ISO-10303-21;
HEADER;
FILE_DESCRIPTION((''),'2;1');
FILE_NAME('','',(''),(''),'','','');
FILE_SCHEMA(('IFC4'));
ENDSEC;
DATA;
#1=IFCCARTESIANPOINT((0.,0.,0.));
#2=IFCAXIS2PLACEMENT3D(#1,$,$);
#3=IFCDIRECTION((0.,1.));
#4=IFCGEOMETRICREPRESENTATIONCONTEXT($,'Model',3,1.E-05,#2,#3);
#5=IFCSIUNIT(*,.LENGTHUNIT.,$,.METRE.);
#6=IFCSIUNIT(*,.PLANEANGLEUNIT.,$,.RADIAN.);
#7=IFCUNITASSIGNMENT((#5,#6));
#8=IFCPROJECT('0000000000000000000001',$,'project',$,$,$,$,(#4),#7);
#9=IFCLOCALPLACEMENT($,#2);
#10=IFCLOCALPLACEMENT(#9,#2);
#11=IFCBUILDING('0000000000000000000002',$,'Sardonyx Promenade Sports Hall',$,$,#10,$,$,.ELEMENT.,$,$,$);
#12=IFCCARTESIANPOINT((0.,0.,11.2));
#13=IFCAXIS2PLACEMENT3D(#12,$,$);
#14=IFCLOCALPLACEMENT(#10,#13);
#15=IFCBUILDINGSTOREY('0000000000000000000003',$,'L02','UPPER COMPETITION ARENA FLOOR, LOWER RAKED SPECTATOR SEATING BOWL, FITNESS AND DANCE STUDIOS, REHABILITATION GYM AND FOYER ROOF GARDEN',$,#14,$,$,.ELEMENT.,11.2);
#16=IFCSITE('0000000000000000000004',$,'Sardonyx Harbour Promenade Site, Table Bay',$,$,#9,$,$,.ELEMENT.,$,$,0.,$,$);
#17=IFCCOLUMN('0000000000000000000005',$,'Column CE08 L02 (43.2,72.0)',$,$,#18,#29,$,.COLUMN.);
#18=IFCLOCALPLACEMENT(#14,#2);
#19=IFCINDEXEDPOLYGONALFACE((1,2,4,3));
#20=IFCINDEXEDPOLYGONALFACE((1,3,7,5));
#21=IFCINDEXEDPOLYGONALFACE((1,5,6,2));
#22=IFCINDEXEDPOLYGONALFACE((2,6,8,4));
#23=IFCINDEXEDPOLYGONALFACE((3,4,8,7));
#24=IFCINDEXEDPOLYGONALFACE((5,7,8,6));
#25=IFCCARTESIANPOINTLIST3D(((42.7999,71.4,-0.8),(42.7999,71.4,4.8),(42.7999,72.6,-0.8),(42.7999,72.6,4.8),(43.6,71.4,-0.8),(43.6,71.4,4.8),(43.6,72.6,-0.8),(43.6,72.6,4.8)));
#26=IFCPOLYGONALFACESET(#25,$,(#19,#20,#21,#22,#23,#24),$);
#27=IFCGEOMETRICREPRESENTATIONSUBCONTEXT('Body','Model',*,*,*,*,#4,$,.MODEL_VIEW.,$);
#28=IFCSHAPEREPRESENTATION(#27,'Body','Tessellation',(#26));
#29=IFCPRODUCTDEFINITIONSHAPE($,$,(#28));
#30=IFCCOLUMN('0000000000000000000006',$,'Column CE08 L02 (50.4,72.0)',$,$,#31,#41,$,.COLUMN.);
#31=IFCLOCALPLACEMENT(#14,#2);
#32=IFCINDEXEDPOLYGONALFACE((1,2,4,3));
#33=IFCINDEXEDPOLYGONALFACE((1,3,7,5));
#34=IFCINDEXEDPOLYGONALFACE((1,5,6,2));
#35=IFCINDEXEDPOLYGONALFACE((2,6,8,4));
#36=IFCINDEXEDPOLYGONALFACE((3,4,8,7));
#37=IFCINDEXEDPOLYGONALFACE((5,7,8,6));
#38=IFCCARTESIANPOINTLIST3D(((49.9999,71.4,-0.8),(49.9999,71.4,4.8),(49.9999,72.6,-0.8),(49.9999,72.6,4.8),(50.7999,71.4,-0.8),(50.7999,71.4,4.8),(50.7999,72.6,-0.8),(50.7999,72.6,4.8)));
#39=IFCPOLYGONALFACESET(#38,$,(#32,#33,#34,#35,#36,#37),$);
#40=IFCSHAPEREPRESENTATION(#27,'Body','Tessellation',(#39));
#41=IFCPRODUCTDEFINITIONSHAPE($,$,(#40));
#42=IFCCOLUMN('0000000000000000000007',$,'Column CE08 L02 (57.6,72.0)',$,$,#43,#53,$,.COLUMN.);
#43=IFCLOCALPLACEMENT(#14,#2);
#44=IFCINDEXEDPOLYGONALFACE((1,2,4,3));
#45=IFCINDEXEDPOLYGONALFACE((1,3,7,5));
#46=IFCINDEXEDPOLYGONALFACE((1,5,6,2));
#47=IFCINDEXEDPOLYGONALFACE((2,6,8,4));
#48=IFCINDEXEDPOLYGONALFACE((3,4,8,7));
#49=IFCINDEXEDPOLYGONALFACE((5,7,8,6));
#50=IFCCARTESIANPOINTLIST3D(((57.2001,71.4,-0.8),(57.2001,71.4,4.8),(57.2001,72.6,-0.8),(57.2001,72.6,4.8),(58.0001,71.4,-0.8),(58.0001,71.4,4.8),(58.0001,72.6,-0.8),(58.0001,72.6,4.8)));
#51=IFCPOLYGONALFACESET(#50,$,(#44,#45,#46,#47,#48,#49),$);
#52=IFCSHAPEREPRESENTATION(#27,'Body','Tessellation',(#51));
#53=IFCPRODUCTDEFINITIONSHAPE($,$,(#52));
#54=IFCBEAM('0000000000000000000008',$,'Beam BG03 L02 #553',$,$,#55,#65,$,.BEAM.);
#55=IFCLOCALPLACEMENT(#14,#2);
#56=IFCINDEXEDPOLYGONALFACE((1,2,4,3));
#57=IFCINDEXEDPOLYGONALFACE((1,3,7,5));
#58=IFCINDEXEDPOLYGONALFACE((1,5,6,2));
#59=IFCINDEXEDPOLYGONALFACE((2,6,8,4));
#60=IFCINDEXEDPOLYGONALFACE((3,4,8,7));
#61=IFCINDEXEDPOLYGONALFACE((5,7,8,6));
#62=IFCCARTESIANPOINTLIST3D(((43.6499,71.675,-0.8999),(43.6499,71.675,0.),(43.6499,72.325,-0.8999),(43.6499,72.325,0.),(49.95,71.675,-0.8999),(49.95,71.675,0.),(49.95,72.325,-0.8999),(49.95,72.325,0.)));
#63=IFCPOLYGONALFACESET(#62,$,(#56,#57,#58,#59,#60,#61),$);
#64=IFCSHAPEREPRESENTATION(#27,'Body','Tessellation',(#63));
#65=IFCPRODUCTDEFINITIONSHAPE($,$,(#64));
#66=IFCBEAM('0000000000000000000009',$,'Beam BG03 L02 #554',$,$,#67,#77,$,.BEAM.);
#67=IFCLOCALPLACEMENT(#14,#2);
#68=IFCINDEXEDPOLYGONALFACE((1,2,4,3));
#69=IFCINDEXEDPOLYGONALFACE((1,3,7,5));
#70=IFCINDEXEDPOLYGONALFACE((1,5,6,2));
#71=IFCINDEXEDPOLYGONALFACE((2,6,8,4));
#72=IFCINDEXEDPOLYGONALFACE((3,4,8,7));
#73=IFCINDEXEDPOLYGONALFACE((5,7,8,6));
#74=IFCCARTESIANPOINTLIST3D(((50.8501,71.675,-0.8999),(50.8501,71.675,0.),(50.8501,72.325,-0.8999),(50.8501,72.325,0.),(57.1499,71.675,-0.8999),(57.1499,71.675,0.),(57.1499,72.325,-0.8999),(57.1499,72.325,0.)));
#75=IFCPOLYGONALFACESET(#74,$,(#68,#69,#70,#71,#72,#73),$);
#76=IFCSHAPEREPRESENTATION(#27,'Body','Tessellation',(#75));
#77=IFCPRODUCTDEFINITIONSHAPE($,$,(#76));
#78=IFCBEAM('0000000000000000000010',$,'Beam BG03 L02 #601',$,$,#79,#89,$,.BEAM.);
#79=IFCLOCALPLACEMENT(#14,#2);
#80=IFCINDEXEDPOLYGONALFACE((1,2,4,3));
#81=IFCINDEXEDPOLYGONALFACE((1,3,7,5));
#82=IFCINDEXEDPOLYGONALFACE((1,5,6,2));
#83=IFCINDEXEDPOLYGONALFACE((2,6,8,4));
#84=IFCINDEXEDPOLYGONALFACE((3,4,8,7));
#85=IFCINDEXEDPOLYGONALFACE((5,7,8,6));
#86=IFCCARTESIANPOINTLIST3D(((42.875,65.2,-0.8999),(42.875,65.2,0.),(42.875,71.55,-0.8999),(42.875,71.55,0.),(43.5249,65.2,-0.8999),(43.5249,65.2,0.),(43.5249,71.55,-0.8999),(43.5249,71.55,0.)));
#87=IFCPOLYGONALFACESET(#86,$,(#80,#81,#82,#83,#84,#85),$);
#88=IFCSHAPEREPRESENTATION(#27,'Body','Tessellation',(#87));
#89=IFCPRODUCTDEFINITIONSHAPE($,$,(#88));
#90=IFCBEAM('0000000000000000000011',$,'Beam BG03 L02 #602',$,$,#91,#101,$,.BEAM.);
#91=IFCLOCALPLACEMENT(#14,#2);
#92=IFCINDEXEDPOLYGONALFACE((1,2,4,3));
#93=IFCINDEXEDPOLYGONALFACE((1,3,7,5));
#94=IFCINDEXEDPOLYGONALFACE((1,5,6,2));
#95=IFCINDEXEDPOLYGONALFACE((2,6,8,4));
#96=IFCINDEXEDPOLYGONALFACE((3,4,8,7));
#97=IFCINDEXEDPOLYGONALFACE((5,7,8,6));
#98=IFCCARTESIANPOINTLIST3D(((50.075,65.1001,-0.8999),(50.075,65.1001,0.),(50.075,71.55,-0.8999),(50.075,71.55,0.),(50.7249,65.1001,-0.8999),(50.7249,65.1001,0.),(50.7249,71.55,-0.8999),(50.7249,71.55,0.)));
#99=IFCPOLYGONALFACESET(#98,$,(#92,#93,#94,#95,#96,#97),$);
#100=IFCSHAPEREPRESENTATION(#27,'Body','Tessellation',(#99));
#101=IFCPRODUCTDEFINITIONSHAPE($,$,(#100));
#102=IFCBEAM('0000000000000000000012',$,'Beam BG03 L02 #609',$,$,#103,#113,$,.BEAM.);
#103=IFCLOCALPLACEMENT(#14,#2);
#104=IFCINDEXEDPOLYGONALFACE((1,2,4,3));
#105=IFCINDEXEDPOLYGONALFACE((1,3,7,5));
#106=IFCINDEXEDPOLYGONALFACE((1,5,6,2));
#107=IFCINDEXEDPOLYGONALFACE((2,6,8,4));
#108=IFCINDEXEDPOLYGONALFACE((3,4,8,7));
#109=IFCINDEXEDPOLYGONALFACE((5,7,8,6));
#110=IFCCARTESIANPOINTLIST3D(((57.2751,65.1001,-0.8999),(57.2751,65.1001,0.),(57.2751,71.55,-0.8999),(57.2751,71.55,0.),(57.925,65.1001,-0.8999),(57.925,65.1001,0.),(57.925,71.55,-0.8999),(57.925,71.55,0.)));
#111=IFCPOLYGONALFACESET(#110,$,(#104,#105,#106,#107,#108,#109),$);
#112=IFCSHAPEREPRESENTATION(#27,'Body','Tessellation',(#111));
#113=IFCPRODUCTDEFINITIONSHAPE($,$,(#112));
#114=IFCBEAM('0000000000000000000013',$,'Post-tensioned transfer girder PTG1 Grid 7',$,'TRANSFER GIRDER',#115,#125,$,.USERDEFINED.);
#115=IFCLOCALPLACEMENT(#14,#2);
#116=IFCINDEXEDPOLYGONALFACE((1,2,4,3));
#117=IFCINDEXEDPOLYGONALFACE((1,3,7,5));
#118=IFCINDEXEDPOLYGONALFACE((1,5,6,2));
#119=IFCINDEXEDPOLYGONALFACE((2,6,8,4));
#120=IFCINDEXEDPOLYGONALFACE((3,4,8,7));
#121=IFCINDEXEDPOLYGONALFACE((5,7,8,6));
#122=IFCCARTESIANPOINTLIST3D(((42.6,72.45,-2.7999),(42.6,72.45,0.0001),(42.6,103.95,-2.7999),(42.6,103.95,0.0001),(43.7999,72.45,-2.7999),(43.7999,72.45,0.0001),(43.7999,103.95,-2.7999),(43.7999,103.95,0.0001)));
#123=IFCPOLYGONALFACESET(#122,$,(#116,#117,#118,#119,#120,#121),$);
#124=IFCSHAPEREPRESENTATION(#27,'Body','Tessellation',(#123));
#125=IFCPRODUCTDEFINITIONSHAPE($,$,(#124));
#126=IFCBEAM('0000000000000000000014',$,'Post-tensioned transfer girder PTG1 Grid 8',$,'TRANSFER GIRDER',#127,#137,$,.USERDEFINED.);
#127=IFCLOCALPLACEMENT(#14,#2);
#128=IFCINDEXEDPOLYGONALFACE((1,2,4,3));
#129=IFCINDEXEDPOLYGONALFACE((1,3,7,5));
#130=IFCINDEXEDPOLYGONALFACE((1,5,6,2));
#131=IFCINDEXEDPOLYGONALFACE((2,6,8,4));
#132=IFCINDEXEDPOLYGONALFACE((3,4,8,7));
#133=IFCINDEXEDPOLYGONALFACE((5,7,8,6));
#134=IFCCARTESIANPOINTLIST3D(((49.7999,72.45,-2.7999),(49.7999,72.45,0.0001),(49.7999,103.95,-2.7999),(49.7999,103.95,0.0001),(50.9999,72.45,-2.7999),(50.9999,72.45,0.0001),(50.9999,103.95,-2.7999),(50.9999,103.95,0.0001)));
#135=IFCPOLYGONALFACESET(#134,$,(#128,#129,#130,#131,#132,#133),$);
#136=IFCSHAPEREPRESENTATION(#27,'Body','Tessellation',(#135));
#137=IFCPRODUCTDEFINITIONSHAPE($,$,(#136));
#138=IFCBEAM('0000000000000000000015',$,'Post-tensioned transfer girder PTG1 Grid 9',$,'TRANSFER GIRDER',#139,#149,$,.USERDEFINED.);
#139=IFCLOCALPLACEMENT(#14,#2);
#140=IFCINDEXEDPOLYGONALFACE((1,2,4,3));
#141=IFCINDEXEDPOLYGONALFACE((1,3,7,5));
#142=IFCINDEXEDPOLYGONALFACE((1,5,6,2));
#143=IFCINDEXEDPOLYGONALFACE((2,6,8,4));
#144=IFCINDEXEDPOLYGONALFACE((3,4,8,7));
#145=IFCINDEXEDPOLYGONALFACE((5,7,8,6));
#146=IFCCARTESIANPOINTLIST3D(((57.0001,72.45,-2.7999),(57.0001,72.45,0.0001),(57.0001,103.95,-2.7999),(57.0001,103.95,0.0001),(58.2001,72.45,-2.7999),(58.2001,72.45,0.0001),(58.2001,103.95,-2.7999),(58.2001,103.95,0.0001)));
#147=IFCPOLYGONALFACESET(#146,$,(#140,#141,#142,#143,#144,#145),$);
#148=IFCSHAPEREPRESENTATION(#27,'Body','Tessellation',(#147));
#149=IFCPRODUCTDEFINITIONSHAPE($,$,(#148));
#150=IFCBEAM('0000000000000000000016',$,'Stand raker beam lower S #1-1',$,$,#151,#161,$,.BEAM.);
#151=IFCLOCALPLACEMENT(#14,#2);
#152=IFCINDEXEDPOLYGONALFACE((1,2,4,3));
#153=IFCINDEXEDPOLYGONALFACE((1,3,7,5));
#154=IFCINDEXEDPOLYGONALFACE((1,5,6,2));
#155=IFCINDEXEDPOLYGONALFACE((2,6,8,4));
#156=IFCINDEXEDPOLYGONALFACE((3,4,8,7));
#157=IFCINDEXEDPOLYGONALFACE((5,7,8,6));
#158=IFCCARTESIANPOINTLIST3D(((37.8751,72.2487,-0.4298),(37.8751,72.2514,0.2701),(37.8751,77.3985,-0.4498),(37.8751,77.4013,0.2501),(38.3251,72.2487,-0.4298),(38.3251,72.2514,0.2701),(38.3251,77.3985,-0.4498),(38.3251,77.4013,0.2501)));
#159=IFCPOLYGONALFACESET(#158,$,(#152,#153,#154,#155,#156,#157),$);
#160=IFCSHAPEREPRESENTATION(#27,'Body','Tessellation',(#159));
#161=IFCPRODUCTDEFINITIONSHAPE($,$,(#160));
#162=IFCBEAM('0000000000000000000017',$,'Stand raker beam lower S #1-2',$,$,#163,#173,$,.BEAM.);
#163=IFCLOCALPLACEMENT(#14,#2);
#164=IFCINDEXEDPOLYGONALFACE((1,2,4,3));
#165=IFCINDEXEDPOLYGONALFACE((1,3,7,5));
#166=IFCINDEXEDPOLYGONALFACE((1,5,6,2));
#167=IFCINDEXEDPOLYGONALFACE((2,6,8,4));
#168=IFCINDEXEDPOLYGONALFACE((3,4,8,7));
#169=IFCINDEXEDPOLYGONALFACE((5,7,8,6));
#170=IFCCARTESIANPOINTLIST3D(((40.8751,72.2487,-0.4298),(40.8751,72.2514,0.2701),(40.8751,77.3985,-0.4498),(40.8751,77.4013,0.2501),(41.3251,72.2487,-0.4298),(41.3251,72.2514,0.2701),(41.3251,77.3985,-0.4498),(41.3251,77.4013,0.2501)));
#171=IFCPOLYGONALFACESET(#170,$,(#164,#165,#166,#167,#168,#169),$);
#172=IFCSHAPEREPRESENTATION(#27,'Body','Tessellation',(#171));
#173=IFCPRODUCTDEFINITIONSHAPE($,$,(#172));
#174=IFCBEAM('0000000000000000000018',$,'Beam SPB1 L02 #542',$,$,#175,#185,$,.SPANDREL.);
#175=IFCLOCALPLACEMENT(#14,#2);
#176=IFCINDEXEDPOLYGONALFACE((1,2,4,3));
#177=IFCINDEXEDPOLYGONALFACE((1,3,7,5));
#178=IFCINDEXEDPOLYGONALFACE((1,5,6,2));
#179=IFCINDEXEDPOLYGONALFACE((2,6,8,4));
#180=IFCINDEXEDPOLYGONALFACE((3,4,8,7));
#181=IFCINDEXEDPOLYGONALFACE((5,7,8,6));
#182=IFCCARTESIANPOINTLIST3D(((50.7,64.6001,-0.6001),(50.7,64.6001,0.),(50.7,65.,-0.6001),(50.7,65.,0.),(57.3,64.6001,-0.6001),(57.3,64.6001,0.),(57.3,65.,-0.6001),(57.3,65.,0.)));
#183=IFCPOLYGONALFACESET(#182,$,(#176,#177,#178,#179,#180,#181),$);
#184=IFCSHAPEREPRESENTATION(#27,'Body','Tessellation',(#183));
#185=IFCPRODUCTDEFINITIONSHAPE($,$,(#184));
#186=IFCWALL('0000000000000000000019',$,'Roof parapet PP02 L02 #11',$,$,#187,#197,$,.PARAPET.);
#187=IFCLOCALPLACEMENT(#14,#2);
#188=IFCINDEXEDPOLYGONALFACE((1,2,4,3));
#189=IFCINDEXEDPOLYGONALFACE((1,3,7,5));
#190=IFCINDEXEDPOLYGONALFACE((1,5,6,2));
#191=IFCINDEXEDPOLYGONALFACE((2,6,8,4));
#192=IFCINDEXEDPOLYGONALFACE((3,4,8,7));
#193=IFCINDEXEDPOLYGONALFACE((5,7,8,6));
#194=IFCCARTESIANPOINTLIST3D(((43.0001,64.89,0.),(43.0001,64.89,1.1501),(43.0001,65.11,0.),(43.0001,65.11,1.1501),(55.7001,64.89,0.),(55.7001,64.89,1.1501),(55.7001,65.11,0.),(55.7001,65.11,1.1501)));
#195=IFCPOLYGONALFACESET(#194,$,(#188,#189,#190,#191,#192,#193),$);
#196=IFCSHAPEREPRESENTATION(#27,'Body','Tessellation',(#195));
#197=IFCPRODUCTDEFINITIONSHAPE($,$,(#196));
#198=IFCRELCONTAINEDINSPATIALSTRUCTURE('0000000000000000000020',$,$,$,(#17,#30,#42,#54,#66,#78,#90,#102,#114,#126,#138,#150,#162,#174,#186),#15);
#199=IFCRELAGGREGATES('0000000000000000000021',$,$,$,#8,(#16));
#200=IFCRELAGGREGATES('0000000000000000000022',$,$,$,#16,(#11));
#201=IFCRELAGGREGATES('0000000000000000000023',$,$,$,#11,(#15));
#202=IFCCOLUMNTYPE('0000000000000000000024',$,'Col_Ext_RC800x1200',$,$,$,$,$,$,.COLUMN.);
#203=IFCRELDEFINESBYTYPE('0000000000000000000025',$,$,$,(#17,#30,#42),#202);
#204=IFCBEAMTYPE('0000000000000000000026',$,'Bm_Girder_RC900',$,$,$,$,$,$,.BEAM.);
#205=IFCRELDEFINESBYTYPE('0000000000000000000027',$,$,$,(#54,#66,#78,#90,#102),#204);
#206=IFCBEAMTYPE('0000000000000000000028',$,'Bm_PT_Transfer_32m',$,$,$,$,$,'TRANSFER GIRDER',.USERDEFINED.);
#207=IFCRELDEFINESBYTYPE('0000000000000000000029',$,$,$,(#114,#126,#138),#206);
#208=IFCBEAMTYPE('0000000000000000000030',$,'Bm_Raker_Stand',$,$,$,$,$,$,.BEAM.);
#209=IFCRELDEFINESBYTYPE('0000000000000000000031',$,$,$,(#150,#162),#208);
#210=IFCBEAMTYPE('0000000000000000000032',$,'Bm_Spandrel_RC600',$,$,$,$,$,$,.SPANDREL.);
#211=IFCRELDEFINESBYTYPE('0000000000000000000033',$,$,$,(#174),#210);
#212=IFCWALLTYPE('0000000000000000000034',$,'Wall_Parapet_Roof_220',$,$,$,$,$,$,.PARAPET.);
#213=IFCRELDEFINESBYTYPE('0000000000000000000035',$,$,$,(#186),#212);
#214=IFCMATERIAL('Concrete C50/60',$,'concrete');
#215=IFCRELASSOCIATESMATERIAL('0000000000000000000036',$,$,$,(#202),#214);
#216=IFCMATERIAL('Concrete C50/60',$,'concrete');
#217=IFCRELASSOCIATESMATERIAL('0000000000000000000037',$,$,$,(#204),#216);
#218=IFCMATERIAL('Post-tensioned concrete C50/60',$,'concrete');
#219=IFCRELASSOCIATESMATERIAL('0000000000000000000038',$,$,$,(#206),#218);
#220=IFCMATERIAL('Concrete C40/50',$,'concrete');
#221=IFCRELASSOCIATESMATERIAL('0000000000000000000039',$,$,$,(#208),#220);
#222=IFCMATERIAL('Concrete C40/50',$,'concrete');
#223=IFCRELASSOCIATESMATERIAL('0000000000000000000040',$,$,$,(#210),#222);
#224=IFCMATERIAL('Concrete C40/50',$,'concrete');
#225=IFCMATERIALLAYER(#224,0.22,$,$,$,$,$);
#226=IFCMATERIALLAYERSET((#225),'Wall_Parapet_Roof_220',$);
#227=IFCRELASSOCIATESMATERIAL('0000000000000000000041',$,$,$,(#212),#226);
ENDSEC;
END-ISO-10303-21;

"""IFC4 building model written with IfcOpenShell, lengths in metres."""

from ifc_helpers import new_model, si_unit, direction, frame, frame_2d, origin, origin_2d, place, context, subcontext, project, spatial, rectangle, extrude, material, layer, layer_set, material_profile, profile_set, type_object, element, save


model = new_model("IFC4")

# Units and contexts
model_context = context("Model", 3, precision=1e-05, world=origin(), true_north=direction((0.0, 1.0)))
body_context = subcontext(model_context, "Body", "Model", "MODEL_VIEW")
ifc_project = project(units=[si_unit("LENGTHUNIT", "METRE"), si_unit("PLANEANGLEUNIT", "RADIAN")], contexts=[model_context])

# Site, building, storey
site_placement = place(None, origin())
site = spatial("IfcSite", under=ifc_project, at=site_placement, Name="Sardonyx Harbour Promenade Site, Table Bay", CompositionType="ELEMENT", RefElevation=0.0)
building_placement = place(site_placement, origin())
building = spatial("IfcBuilding", under=site, at=building_placement, Name="Sardonyx Promenade Sports Hall", CompositionType="ELEMENT")
storey_placement = place(building_placement, frame((0.0, 0.0, 11.2)))
storey = spatial("IfcBuildingStorey", under=building, at=storey_placement, Name="L02", Description="UPPER COMPETITION ARENA FLOOR, LOWER RAKED SPECTATOR SEATING BOWL, FITNESS AND DANCE STUDIOS, REHABILITATION GYM AND FOYER ROOF GARDEN", CompositionType="ELEMENT", Elevation=11.2)

# Columns
ifc_material_1 = material(Name="Concrete C50/60", Category="concrete")
ifc_material_profile_1 = material_profile(ifc_material_1, rectangle(XDim=0.8, YDim=1.2, at=origin_2d()))
ifc_profile_set_1 = profile_set([ifc_material_profile_1], Name="Concrete C50/60")
column_type = type_object("IfcColumnType", Name="Col_Ext_RC800x1200", PredefinedType="COLUMN", material=ifc_profile_set_1)
for number, where, z_axis, x_axis, name in (
    (1, (43.2, 72.0, -0.8), (0.0, 0.0, 1.0), (1.0, 0.0, 0.0), "Column CE08 L02 (43.2,72.0)"),
    (2, (50.3999, 72.0, -0.8), (0.0, 0.0, 1.0), (1.0, 0.0, 0.0), "Column CE08 L02 (50.4,72.0)"),
    (3, (57.6001, 72.0, -0.8), (0.0, 0.0, 1.0), (1.0, 0.0, 0.0), "Column CE08 L02 (57.6,72.0)"),
):
    element("IfcColumn", number, at=place(storey_placement, frame(where, z_axis=z_axis, x_axis=x_axis)), inside=storey, type_object=column_type, Name=name, PredefinedType="COLUMN", context=body_context, shape_type="SweptSolid", body=[
        extrude(rectangle(XDim=0.8, YDim=1.2, at=origin_2d()), origin(), (0.0, 0.0, 1.0), 5.6001),
    ])

# Beams
ifc_material_2 = material(Name="Concrete C50/60", Category="concrete")
ifc_material_profile_2 = material_profile(ifc_material_2, rectangle(XDim=0.6499, YDim=0.8999, at=origin_2d()))
ifc_profile_set_2 = profile_set([ifc_material_profile_2], Name="Concrete C50/60")
beam_type_1 = type_object("IfcBeamType", Name="Bm_Girder_RC900", PredefinedType="BEAM", material=ifc_profile_set_2)
beam_1_placement = place(storey_placement, frame((43.6499, 72.0, -0.45), z_axis=(1.0, 0.0, 0.0), x_axis=(0.0, 1.0, 0.0)))
element("IfcBeam", 4, at=beam_1_placement, inside=storey, type_object=beam_type_1, Name="Beam BG03 L02 #553", PredefinedType="BEAM", context=body_context, shape_type="SweptSolid", body=[
    extrude(rectangle(XDim=0.6499, YDim=0.8999, at=origin_2d()), origin(), (0.0, 0.0, 1.0), 6.3),
])
beam_2_placement = place(storey_placement, frame((50.8501, 72.0, -0.45), z_axis=(1.0, 0.0, 0.0), x_axis=(0.0, 1.0, 0.0)))
element("IfcBeam", 5, at=beam_2_placement, inside=storey, type_object=beam_type_1, Name="Beam BG03 L02 #554", PredefinedType="BEAM", context=body_context, shape_type="SweptSolid", body=[
    extrude(rectangle(XDim=0.6499, YDim=0.8999, at=origin_2d()), origin(), (0.0, 0.0, 1.0), 6.2998),
])
beam_3_placement = place(storey_placement, frame((43.2, 65.2, -0.45), z_axis=(0.0, 1.0, 0.0), x_axis=(-1.0, 0.0, 0.0)))
element("IfcBeam", 6, at=beam_3_placement, inside=storey, type_object=beam_type_1, Name="Beam BG03 L02 #601", PredefinedType="BEAM", context=body_context, shape_type="SweptSolid", body=[
    extrude(rectangle(XDim=0.6499, YDim=0.8999, at=origin_2d()), origin(), (0.0, 0.0, 1.0), 6.3501),
])
for number, where, z_axis, x_axis, name in (
    (7, (50.3999, 65.1001, -0.45), (0.0, 1.0, 0.0), (-1.0, 0.0, 0.0), "Beam BG03 L02 #602"),
    (8, (57.6001, 65.1001, -0.45), (0.0, 1.0, 0.0), (-1.0, 0.0, 0.0), "Beam BG03 L02 #609"),
):
    element("IfcBeam", number, at=place(storey_placement, frame(where, z_axis=z_axis, x_axis=x_axis)), inside=storey, type_object=beam_type_1, Name=name, PredefinedType="BEAM", context=body_context, shape_type="SweptSolid", body=[
        extrude(rectangle(XDim=0.6499, YDim=0.8999, at=origin_2d()), origin(), (0.0, 0.0, 1.0), 6.45),
    ])
ifc_material_3 = material(Name="Post-tensioned concrete C50/60", Category="concrete")
ifc_material_profile_3 = material_profile(ifc_material_3, rectangle(XDim=1.2, YDim=2.8, at=origin_2d()))
ifc_profile_set_3 = profile_set([ifc_material_profile_3], Name="Post-tensioned concrete C50/60")
beam_type_2 = type_object("IfcBeamType", Name="Bm_PT_Transfer_32m", ElementType="TRANSFER GIRDER", PredefinedType="USERDEFINED", material=ifc_profile_set_3)
for number, where, z_axis, x_axis, name in (
    (9, (43.2, 72.45, -1.3999), (0.0, 1.0, 0.0), (-1.0, 0.0, 0.0), "Post-tensioned transfer girder PTG1 Grid 7"),
    (10, (50.3999, 72.45, -1.3999), (0.0, 1.0, 0.0), (-1.0, 0.0, 0.0), "Post-tensioned transfer girder PTG1 Grid 8"),
    (11, (57.6001, 72.45, -1.3999), (0.0, 1.0, 0.0), (-1.0, 0.0, 0.0), "Post-tensioned transfer girder PTG1 Grid 9"),
):
    element("IfcBeam", number, at=place(storey_placement, frame(where, z_axis=z_axis, x_axis=x_axis)), inside=storey, type_object=beam_type_2, Name=name, ObjectType="TRANSFER GIRDER", PredefinedType="USERDEFINED", context=body_context, shape_type="SweptSolid", body=[
        extrude(rectangle(XDim=1.2, YDim=2.8, at=origin_2d()), origin(), (0.0, 0.0, 1.0), 31.5),
    ])
ifc_material_4 = material(Name="Concrete C40/50", Category="concrete")
ifc_material_profile_4 = material_profile(ifc_material_4, rectangle(XDim=0.45, YDim=0.7, at=origin_2d()))
ifc_profile_set_4 = profile_set([ifc_material_profile_4], Name="Concrete C40/50")
beam_type_3 = type_object("IfcBeamType", Name="Bm_Raker_Stand", PredefinedType="BEAM", material=ifc_profile_set_4)
for number, where, z_axis, x_axis, name in (
    (12, (38.1001, 77.3999, -0.0999), (0.0, -0.999992, 0.003887), (1.0, 0.0, 0.0), "Stand raker beam lower S #1-1"),
    (13, (41.1001, 77.3999, -0.0999), (0.0, -0.999992, 0.003887), (1.0, 0.0, 0.0), "Stand raker beam lower S #1-2"),
):
    element("IfcBeam", number, at=place(storey_placement, frame(where, z_axis=z_axis, x_axis=x_axis)), inside=storey, type_object=beam_type_3, Name=name, PredefinedType="BEAM", context=body_context, shape_type="SweptSolid", body=[
        extrude(rectangle(XDim=0.45, YDim=0.7, at=origin_2d()), origin(), (0.0, 0.0, 1.0), 5.1499),
    ])
ifc_material_5 = material(Name="Concrete C40/50", Category="concrete")
ifc_material_profile_5 = material_profile(ifc_material_5, rectangle(XDim=0.3999, YDim=0.6001, at=origin_2d()))
ifc_profile_set_5 = profile_set([ifc_material_profile_5], Name="Concrete C40/50")
beam_type_4 = type_object("IfcBeamType", Name="Bm_Spandrel_RC600", PredefinedType="SPANDREL", material=ifc_profile_set_5)
beam_4_placement = place(storey_placement, frame((50.7, 64.8, -0.3), z_axis=(1.0, 0.0, 0.0), x_axis=(0.0, 1.0, 0.0)))
element("IfcBeam", 14, at=beam_4_placement, inside=storey, type_object=beam_type_4, Name="Beam SPB1 L02 #542", PredefinedType="SPANDREL", context=body_context, shape_type="SweptSolid", body=[
    extrude(rectangle(XDim=0.3999, YDim=0.6001, at=origin_2d()), origin(), (0.0, 0.0, 1.0), 6.6001),
])

# Wall
ifc_material_6 = material(Name="Concrete C40/50", Category="concrete")
ifc_layer_1 = layer(ifc_material_6, 0.22)
ifc_layer_set_1 = layer_set([ifc_layer_1], Name="Wall_Parapet_Roof_220")
wall_type_1 = type_object("IfcWallType", Name="Wall_Parapet_Roof_220", PredefinedType="PARAPET", material=ifc_layer_set_1)
for number, where, z_axis, x_axis, name in (
    (15, (43.0, 65.0, 0.0), (0.0, 0.0, 1.0), (1.0, 0.0, 0.0), "Roof parapet PP02 L02 #11"),
):
    element("IfcWall", number, at=place(storey_placement, frame(where, z_axis=z_axis, x_axis=x_axis)), inside=storey, type_object=wall_type_1, Name=name, PredefinedType="PARAPET", context=body_context, shape_type="SweptSolid", body=[
        extrude(rectangle(XDim=12.7, YDim=0.22, at=frame_2d((6.3501, 0.0))), origin(), (0.0, 0.0, 1.0), 1.1501),
    ])

save(model, "model.ifc")
